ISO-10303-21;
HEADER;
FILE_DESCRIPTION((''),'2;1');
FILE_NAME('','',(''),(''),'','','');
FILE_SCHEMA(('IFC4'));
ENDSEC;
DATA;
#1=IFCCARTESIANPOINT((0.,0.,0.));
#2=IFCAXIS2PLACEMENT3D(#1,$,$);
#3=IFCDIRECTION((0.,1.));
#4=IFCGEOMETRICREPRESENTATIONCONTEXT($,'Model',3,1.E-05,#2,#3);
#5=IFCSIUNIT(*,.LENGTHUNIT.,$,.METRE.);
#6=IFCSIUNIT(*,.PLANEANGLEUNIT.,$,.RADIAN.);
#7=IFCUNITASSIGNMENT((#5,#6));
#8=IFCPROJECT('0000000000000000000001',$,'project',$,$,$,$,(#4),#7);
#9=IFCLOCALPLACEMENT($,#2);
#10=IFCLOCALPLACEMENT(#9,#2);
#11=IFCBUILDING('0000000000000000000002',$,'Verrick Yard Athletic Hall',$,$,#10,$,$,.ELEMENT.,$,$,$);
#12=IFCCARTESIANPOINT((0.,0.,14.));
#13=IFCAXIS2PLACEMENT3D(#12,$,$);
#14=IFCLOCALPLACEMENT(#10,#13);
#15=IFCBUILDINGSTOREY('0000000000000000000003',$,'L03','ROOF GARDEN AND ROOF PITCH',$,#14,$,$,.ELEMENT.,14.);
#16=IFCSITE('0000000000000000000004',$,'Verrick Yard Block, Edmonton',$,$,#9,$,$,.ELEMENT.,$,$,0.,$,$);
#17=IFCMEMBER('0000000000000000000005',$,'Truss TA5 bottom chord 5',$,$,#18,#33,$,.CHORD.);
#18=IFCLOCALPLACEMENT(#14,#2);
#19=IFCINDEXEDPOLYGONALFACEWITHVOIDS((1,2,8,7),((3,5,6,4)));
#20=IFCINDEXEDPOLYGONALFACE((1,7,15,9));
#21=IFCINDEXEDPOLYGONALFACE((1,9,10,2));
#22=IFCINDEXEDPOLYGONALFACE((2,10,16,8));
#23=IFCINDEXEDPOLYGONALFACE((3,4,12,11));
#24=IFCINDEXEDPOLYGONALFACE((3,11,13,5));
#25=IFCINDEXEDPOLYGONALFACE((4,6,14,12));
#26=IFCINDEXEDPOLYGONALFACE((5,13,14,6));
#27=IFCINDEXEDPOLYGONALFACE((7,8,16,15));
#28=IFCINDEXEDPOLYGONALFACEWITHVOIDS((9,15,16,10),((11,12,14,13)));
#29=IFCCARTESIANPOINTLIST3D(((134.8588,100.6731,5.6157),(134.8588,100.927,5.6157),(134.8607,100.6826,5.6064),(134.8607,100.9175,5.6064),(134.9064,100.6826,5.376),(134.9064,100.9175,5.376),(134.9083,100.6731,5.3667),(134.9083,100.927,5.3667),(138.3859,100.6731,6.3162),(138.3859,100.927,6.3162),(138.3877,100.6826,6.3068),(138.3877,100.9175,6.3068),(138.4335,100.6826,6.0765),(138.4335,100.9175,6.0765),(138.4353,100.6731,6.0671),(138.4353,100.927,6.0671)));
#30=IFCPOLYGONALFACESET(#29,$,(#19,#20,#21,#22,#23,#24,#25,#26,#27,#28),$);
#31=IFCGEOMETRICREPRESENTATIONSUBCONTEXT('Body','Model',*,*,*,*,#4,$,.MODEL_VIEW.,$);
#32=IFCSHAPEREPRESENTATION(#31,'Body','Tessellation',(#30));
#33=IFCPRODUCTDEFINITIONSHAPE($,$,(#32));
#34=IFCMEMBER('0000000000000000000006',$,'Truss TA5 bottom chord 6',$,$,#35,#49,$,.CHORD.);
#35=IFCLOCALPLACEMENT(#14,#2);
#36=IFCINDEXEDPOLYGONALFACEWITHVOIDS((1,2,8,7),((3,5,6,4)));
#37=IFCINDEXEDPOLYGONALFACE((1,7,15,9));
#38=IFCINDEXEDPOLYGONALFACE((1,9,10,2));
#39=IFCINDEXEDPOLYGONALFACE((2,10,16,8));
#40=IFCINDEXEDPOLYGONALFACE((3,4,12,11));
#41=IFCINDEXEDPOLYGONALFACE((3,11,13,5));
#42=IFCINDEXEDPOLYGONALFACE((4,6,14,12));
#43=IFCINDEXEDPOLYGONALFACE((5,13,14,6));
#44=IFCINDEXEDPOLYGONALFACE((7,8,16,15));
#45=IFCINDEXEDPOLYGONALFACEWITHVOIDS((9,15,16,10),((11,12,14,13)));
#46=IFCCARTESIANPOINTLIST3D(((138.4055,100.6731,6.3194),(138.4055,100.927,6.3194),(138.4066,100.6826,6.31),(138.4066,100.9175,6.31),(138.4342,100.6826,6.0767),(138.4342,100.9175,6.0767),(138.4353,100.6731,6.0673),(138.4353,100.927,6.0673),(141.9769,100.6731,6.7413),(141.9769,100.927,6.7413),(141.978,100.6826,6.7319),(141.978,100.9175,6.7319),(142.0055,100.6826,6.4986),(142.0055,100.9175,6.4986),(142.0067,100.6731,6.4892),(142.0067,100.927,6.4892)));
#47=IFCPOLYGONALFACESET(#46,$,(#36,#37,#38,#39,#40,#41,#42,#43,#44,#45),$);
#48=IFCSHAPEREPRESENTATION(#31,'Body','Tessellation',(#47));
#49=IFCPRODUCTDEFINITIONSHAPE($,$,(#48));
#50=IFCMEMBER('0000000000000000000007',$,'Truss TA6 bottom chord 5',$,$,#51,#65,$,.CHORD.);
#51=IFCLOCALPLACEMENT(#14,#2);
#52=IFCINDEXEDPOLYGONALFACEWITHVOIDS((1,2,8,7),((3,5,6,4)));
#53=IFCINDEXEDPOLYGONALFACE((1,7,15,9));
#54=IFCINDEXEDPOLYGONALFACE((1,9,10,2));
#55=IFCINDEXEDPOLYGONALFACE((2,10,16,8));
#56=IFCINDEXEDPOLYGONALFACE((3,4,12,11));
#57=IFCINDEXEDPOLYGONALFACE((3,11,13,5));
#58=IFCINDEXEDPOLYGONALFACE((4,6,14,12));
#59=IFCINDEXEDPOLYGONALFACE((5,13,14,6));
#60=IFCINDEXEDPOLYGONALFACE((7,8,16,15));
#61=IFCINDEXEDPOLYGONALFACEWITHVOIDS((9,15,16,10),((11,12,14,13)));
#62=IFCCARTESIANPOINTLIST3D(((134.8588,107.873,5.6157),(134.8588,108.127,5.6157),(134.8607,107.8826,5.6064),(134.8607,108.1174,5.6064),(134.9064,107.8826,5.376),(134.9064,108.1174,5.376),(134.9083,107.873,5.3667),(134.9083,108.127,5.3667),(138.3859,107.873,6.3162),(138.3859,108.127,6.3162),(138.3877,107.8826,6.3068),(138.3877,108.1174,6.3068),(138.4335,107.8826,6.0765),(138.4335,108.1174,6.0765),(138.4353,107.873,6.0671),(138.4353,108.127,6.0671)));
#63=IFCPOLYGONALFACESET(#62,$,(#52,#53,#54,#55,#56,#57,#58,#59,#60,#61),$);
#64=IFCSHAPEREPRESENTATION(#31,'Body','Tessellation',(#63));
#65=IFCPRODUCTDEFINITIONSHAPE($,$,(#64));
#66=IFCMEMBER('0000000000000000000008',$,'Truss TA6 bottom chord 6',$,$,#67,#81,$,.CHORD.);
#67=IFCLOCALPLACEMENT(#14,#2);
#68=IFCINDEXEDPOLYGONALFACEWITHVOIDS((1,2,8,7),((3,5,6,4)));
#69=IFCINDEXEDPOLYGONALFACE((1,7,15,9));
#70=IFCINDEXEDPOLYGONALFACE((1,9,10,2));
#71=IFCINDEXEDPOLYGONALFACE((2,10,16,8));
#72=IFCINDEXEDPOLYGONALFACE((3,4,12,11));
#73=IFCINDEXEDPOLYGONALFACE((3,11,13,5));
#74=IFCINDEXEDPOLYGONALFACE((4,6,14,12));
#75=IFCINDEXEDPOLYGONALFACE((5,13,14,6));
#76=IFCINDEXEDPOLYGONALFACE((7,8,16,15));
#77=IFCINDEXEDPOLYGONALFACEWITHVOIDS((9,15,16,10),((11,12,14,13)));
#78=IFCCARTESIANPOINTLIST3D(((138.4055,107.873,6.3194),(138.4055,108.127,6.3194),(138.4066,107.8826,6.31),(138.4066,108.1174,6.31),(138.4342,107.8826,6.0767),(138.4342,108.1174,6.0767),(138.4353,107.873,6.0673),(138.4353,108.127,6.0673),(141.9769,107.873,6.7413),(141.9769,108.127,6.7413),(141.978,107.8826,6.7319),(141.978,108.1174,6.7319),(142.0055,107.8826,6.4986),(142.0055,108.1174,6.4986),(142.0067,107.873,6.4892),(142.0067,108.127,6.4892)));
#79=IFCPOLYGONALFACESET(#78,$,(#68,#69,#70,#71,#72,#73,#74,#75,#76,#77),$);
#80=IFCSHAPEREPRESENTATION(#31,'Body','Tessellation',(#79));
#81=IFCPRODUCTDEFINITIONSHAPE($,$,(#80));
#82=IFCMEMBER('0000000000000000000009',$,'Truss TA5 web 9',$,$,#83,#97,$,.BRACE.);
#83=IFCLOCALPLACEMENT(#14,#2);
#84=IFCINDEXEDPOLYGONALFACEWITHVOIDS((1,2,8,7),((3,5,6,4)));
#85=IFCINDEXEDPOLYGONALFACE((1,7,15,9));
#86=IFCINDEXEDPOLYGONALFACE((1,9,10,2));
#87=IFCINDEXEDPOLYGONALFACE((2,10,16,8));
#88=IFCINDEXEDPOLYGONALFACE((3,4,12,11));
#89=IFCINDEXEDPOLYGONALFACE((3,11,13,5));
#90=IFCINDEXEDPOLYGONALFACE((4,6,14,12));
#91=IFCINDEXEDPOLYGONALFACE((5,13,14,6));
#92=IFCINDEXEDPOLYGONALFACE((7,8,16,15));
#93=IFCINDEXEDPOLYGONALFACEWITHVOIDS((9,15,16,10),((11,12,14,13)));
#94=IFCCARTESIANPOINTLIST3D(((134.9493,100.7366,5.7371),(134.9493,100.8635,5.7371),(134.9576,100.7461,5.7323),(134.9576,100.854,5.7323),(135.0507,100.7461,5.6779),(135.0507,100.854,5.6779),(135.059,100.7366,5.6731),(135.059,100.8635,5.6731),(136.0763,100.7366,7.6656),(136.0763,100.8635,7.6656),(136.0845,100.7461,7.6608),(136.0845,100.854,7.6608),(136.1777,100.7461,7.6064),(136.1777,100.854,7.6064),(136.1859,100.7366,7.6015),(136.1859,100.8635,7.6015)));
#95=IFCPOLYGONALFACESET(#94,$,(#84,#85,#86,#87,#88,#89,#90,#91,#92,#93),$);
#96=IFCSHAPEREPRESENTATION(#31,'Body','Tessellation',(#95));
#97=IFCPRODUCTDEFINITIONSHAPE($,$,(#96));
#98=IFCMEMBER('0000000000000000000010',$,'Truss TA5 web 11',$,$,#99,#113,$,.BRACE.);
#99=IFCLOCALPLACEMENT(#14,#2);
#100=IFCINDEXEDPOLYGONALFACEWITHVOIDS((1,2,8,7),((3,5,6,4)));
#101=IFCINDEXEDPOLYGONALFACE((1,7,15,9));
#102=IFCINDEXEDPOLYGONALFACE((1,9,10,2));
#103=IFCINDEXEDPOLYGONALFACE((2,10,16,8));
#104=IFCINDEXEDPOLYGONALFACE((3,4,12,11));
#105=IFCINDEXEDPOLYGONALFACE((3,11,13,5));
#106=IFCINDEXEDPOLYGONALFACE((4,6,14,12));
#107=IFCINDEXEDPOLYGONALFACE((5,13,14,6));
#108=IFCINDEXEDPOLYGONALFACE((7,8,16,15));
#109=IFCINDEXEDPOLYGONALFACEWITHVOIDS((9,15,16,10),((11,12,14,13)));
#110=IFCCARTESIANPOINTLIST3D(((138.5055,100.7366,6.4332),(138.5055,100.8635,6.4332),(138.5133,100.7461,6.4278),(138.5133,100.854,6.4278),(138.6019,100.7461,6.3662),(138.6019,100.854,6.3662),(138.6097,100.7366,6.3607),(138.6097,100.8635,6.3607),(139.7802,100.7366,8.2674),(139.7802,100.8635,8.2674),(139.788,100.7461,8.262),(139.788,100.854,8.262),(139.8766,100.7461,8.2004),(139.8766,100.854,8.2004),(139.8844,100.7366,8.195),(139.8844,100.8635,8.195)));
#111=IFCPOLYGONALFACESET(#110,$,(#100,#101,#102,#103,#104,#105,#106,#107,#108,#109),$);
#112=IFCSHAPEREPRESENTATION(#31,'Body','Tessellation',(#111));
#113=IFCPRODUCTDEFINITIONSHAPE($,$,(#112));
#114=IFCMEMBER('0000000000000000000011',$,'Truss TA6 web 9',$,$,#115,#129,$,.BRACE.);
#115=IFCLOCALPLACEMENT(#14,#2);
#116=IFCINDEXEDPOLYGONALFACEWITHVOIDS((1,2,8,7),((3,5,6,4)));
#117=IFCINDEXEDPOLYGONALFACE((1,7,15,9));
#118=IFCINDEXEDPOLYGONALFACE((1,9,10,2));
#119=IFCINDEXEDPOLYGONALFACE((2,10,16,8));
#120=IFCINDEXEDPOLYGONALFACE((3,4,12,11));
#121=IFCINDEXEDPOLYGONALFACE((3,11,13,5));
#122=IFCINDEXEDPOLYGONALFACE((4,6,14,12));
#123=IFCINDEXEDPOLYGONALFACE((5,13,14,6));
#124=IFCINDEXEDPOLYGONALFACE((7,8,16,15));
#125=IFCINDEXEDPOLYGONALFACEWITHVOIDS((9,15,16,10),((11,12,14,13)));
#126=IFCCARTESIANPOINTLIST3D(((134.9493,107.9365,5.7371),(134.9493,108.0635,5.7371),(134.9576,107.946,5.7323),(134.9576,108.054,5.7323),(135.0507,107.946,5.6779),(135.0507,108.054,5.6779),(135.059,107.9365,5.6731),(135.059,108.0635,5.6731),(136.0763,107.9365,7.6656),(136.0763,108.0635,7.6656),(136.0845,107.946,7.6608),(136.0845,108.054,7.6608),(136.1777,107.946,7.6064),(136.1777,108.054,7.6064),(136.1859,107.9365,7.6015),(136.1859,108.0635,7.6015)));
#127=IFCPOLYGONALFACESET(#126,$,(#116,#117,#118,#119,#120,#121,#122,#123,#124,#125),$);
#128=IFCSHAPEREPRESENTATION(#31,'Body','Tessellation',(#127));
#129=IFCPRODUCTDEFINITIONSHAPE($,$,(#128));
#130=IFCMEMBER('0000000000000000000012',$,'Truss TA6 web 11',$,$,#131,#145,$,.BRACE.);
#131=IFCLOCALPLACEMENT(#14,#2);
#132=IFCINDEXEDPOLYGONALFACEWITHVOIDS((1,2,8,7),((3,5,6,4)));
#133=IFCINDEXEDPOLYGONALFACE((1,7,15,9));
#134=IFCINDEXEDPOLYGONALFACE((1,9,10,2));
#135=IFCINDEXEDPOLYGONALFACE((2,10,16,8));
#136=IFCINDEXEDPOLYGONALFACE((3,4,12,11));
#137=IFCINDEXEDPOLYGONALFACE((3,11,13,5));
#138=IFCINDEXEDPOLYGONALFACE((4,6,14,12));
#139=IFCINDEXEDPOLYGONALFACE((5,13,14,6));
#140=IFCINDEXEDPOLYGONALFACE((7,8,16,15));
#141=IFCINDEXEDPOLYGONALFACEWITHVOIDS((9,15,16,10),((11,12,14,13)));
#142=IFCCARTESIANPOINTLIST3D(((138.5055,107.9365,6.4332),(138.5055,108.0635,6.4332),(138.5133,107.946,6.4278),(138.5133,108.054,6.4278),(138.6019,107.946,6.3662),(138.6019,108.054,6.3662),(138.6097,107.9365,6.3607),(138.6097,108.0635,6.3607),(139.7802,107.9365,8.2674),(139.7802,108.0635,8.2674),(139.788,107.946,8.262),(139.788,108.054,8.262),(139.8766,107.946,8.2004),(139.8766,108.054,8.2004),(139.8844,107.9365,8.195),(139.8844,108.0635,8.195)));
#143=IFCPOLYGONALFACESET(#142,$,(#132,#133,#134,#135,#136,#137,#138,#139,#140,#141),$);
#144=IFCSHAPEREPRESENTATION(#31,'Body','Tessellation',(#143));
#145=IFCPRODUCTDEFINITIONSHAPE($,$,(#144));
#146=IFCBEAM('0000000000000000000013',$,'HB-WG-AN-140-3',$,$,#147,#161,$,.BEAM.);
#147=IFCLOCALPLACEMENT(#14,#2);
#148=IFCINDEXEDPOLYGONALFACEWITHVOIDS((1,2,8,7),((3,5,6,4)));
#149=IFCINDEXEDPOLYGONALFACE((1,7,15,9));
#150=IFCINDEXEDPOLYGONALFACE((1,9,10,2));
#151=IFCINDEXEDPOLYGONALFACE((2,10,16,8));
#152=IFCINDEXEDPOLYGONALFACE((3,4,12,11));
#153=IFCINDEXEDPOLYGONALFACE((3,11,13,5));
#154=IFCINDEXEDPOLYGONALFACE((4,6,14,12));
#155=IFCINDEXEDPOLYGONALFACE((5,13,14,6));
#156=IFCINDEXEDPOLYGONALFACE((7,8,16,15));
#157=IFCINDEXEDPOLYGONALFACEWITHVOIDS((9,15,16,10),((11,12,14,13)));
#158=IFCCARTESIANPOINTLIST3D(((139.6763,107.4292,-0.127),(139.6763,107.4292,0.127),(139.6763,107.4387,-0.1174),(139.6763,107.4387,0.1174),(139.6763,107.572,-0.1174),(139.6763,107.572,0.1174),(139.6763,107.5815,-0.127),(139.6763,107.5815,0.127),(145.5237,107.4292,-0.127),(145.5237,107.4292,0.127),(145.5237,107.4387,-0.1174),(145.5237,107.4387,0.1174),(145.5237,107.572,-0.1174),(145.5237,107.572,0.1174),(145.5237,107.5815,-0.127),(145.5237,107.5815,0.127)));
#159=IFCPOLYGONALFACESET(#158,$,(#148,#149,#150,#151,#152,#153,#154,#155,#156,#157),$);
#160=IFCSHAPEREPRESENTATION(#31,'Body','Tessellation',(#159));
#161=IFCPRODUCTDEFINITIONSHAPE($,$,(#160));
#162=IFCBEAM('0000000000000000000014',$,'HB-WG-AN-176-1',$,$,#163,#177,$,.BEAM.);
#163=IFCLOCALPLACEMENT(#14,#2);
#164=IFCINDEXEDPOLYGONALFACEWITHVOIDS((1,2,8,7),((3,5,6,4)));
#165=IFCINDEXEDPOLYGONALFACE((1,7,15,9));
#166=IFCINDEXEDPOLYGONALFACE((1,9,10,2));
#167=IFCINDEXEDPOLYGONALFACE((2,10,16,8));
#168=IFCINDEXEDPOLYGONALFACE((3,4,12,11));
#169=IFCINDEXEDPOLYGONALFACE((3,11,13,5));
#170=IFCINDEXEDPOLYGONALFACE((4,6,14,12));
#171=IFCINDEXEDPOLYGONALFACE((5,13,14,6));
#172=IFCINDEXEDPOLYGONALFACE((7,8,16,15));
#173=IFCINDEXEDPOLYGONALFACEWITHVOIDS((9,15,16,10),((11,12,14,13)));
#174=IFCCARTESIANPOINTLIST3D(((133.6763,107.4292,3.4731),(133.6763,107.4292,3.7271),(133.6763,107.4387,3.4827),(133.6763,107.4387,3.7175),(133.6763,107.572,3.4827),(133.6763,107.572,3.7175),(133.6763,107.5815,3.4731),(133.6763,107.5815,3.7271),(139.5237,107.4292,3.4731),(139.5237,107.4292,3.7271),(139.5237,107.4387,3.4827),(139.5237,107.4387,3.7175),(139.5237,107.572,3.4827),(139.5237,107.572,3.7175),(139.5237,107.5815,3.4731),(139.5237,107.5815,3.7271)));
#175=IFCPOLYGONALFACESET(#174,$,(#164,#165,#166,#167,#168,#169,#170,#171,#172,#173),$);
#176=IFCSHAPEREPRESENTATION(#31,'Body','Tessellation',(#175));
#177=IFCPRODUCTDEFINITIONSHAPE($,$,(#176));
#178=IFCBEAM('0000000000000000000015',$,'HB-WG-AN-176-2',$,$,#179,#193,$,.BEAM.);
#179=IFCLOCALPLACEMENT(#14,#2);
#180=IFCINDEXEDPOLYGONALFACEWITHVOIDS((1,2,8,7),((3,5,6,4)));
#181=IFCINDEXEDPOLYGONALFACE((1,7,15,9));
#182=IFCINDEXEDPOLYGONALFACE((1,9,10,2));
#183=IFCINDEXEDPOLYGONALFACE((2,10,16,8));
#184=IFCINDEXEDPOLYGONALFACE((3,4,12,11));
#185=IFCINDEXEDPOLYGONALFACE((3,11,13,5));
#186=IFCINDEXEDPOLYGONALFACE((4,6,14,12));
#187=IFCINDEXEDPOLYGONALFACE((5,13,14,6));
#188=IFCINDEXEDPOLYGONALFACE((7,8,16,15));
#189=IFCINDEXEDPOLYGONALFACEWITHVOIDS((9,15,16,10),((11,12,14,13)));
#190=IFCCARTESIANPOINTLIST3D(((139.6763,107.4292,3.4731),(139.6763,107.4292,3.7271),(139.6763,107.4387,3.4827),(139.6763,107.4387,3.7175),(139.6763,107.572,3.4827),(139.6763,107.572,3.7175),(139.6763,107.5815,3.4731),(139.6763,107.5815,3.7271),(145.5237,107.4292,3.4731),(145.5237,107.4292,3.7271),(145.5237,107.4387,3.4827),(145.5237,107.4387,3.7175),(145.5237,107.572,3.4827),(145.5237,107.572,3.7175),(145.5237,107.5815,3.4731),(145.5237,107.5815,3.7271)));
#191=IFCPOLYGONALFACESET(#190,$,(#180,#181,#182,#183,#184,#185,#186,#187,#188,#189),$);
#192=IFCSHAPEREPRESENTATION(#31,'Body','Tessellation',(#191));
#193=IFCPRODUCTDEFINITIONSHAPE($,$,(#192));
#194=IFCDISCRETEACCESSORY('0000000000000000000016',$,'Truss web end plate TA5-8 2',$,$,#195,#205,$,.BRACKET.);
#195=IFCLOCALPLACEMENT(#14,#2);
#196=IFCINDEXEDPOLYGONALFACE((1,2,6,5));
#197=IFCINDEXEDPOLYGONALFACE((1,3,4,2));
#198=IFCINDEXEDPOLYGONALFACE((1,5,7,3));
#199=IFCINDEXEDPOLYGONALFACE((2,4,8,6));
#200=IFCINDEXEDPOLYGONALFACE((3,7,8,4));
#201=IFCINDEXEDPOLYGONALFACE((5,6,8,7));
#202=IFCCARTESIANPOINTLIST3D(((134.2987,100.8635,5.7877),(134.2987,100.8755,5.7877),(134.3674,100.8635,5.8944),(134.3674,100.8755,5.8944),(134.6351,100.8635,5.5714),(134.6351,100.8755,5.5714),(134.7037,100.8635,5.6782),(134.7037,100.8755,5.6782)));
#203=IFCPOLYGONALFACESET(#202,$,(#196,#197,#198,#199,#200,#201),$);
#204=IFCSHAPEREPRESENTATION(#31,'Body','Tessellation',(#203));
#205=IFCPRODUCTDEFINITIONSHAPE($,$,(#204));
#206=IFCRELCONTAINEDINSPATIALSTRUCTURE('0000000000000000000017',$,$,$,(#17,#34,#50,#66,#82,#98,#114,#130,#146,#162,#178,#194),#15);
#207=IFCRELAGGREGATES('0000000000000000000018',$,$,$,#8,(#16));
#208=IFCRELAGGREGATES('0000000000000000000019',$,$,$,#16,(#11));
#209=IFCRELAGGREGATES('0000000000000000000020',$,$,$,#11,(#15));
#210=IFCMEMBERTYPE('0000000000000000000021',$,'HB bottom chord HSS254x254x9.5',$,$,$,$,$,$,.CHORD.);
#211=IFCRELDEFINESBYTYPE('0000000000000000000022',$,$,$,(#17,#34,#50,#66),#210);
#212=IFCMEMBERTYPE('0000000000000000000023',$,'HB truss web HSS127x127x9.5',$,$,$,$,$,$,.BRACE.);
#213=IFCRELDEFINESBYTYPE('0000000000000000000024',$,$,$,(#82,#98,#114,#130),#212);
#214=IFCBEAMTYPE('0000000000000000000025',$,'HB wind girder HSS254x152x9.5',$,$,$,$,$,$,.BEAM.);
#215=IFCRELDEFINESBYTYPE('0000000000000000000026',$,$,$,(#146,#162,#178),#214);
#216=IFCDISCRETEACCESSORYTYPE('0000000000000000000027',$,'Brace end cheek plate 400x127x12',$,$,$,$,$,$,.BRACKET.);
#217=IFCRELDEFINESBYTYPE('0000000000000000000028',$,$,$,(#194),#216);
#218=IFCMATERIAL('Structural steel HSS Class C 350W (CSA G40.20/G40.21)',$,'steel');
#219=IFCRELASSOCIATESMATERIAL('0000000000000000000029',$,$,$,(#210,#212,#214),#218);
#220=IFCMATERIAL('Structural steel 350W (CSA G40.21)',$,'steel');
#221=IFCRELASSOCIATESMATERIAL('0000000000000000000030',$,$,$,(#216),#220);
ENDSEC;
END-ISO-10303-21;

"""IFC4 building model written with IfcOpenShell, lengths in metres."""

from ifc_helpers import new_model, si_unit, direction, frame, origin, origin_2d, place, context, subcontext, project, spatial, rectangle, hollow_rectangle, extrude, material, material_profile, profile_set, type_object, element, save


model = new_model("IFC4")

# Units and contexts
model_context = context("Model", 3, precision=1e-05, world=origin(), true_north=direction((0.0, 1.0)))
body_context = subcontext(model_context, "Body", "Model", "MODEL_VIEW")
ifc_project = project(units=[si_unit("LENGTHUNIT", "METRE"), si_unit("PLANEANGLEUNIT", "RADIAN")], contexts=[model_context])

# Site, building, storey
site_placement = place(None, origin())
site = spatial("IfcSite", under=ifc_project, at=site_placement, Name="Verrick Yard Block, Edmonton", CompositionType="ELEMENT", RefElevation=0.0)
building_placement = place(site_placement, origin())
building = spatial("IfcBuilding", under=site, at=building_placement, Name="Verrick Yard Athletic Hall", CompositionType="ELEMENT")
storey_placement = place(building_placement, frame((0.0, 0.0, 14.0)))
storey = spatial("IfcBuildingStorey", under=building, at=storey_placement, Name="L03", Description="ROOF GARDEN AND ROOF PITCH", CompositionType="ELEMENT", Elevation=14.0)

# Members
ifc_material_1 = material(Name="Structural steel HSS Class C 350W (CSA G40.20/G40.21)", Category="steel")
ifc_material_profile_1 = material_profile(ifc_material_1, hollow_rectangle(XDim=0.2539, YDim=0.2539, WallThickness=0.0095, at=origin_2d()), Name="HSS254x254x9.5")
ifc_profile_set_1 = profile_set([ifc_material_profile_1], Name="Structural steel HSS Class C 350W (CSA G40.20/G40.21)")
member_type_1 = type_object("IfcMemberType", Name="HB bottom chord HSS254x254x9.5", PredefinedType="CHORD", material=ifc_profile_set_1)
member_1_placement = place(storey_placement, frame((134.8835, 100.8, 5.4912), z_axis=(0.980846, 0.0, 0.194784), x_axis=(0.0, 1.0, 0.0)))
element("IfcMember", 1, at=member_1_placement, inside=storey, type_object=member_type_1, Name="Truss TA5 bottom chord 5", PredefinedType="CHORD", context=body_context, shape_type="SweptSolid", body=[
    extrude(hollow_rectangle(XDim=0.2539, YDim=0.2539, WallThickness=0.0095, at=origin_2d()), origin(), (0.0, 0.0, 1.0), 3.5959),
])
member_2_placement = place(storey_placement, frame((138.4204, 100.8, 6.1934), z_axis=(0.993095, 0.0, 0.117314), x_axis=(0.0, 1.0, 0.0)))
element("IfcMember", 2, at=member_2_placement, inside=storey, type_object=member_type_1, Name="Truss TA5 bottom chord 6", PredefinedType="CHORD", context=body_context, shape_type="SweptSolid", body=[
    extrude(hollow_rectangle(XDim=0.2539, YDim=0.2539, WallThickness=0.0095, at=origin_2d()), origin(), (0.0, 0.0, 1.0), 3.5962),
])
member_3_placement = place(storey_placement, frame((134.8835, 108.0, 5.4912), z_axis=(0.980846, 0.0, 0.194784), x_axis=(0.0, 1.0, 0.0)))
element("IfcMember", 3, at=member_3_placement, inside=storey, type_object=member_type_1, Name="Truss TA6 bottom chord 5", PredefinedType="CHORD", context=body_context, shape_type="SweptSolid", body=[
    extrude(hollow_rectangle(XDim=0.2539, YDim=0.2539, WallThickness=0.0095, at=origin_2d()), origin(), (0.0, 0.0, 1.0), 3.5959),
])
member_4_placement = place(storey_placement, frame((138.4204, 108.0, 6.1934), z_axis=(0.993095, 0.0, 0.117314), x_axis=(0.0, 1.0, 0.0)))
element("IfcMember", 4, at=member_4_placement, inside=storey, type_object=member_type_1, Name="Truss TA6 bottom chord 6", PredefinedType="CHORD", context=body_context, shape_type="SweptSolid", body=[
    extrude(hollow_rectangle(XDim=0.2539, YDim=0.2539, WallThickness=0.0095, at=origin_2d()), origin(), (0.0, 0.0, 1.0), 3.5962),
])
ifc_material_profile_2 = material_profile(ifc_material_1, hollow_rectangle(XDim=0.127, YDim=0.127, WallThickness=0.0095, at=origin_2d()), Name="HSS127x127x9.5")
ifc_profile_set_2 = profile_set([ifc_material_profile_2], Name="Structural steel HSS Class C 350W (CSA G40.20/G40.21)")
member_type_2 = type_object("IfcMemberType", Name="HB truss web HSS127x127x9.5", PredefinedType="BRACE", material=ifc_profile_set_2)
for number, where, z_axis, x_axis, name in (
    (5, (135.0042, 100.8, 5.7051), (0.504544, 0.0, 0.863386), (0.0, 1.0, 0.0), "Truss TA5 web 9"),
    (6, (138.5576, 100.8, 6.397), (0.570664, 0.0, 0.821184), (0.0, 1.0, 0.0), "Truss TA5 web 11"),
    (7, (135.0042, 108.0, 5.7051), (0.504544, 0.0, 0.863386), (0.0, 1.0, 0.0), "Truss TA6 web 9"),
    (8, (138.5576, 108.0, 6.397), (0.570664, 0.0, 0.821184), (0.0, 1.0, 0.0), "Truss TA6 web 11"),
):
    element("IfcMember", number, at=place(storey_placement, frame(where, z_axis=z_axis, x_axis=x_axis)), inside=storey, type_object=member_type_2, Name=name, PredefinedType="BRACE", context=body_context, shape_type="SweptSolid", body=[
        extrude(hollow_rectangle(XDim=0.127, YDim=0.127, WallThickness=0.0095, at=origin_2d()), origin(), (0.0, 0.0, 1.0), 2.2336),
    ])

# Beams
ifc_material_profile_3 = material_profile(ifc_material_1, hollow_rectangle(XDim=0.1523, YDim=0.2539, WallThickness=0.0095, at=origin_2d()), Name="HSS254x152x9.5")
ifc_profile_set_3 = profile_set([ifc_material_profile_3], Name="Structural steel HSS Class C 350W (CSA G40.20/G40.21)")
beam_type = type_object("IfcBeamType", Name="HB wind girder HSS254x152x9.5", PredefinedType="BEAM", material=ifc_profile_set_3)
for number, where, z_axis, x_axis, name in (
    (9, (139.6763, 107.5054, 0.0), (1.0, 0.0, 0.0), (0.0, 1.0, 0.0), "HB-WG-AN-140-3"),
    (10, (133.6763, 107.5054, 3.6001), (1.0, 0.0, 0.0), (0.0, 1.0, 0.0), "HB-WG-AN-176-1"),
    (11, (139.6763, 107.5054, 3.6001), (1.0, 0.0, 0.0), (0.0, 1.0, 0.0), "HB-WG-AN-176-2"),
):
    element("IfcBeam", number, at=place(storey_placement, frame(where, z_axis=z_axis, x_axis=x_axis)), inside=storey, type_object=beam_type, Name=name, PredefinedType="BEAM", context=body_context, shape_type="SweptSolid", body=[
        extrude(hollow_rectangle(XDim=0.1523, YDim=0.2539, WallThickness=0.0095, at=origin_2d()), origin(), (0.0, 0.0, 1.0), 5.8474),
    ])

# Discrete accessory
ifc_material_2 = material(Name="Structural steel 350W (CSA G40.21)", Category="steel")
ifc_material_profile_4 = material_profile(ifc_material_2, rectangle(XDim=0.3999, YDim=0.127, at=origin_2d()), Name="Brace end cheek plate")
ifc_profile_set_4 = profile_set([ifc_material_profile_4], Name="Structural steel 350W (CSA G40.21)")
discrete_accessory_type = type_object("IfcDiscreteAccessoryType", Name="Brace end cheek plate 400x127x12", PredefinedType="BRACKET", material=ifc_profile_set_4)
for number, where, z_axis, x_axis, name in (
    (12, (134.5012, 100.8635, 5.7329), (0.0, 1.0, 0.0), (-0.841141, 0.0, 0.540816), "Truss web end plate TA5-8 2"),
):
    element("IfcDiscreteAccessory", number, at=place(storey_placement, frame(where, z_axis=z_axis, x_axis=x_axis)), inside=storey, type_object=discrete_accessory_type, Name=name, PredefinedType="BRACKET", context=body_context, shape_type="SweptSolid", body=[
        extrude(rectangle(XDim=0.3999, YDim=0.127, at=origin_2d()), origin(), (0.0, 0.0, 1.0), 0.012),
    ])

save(model, "model.ifc")
